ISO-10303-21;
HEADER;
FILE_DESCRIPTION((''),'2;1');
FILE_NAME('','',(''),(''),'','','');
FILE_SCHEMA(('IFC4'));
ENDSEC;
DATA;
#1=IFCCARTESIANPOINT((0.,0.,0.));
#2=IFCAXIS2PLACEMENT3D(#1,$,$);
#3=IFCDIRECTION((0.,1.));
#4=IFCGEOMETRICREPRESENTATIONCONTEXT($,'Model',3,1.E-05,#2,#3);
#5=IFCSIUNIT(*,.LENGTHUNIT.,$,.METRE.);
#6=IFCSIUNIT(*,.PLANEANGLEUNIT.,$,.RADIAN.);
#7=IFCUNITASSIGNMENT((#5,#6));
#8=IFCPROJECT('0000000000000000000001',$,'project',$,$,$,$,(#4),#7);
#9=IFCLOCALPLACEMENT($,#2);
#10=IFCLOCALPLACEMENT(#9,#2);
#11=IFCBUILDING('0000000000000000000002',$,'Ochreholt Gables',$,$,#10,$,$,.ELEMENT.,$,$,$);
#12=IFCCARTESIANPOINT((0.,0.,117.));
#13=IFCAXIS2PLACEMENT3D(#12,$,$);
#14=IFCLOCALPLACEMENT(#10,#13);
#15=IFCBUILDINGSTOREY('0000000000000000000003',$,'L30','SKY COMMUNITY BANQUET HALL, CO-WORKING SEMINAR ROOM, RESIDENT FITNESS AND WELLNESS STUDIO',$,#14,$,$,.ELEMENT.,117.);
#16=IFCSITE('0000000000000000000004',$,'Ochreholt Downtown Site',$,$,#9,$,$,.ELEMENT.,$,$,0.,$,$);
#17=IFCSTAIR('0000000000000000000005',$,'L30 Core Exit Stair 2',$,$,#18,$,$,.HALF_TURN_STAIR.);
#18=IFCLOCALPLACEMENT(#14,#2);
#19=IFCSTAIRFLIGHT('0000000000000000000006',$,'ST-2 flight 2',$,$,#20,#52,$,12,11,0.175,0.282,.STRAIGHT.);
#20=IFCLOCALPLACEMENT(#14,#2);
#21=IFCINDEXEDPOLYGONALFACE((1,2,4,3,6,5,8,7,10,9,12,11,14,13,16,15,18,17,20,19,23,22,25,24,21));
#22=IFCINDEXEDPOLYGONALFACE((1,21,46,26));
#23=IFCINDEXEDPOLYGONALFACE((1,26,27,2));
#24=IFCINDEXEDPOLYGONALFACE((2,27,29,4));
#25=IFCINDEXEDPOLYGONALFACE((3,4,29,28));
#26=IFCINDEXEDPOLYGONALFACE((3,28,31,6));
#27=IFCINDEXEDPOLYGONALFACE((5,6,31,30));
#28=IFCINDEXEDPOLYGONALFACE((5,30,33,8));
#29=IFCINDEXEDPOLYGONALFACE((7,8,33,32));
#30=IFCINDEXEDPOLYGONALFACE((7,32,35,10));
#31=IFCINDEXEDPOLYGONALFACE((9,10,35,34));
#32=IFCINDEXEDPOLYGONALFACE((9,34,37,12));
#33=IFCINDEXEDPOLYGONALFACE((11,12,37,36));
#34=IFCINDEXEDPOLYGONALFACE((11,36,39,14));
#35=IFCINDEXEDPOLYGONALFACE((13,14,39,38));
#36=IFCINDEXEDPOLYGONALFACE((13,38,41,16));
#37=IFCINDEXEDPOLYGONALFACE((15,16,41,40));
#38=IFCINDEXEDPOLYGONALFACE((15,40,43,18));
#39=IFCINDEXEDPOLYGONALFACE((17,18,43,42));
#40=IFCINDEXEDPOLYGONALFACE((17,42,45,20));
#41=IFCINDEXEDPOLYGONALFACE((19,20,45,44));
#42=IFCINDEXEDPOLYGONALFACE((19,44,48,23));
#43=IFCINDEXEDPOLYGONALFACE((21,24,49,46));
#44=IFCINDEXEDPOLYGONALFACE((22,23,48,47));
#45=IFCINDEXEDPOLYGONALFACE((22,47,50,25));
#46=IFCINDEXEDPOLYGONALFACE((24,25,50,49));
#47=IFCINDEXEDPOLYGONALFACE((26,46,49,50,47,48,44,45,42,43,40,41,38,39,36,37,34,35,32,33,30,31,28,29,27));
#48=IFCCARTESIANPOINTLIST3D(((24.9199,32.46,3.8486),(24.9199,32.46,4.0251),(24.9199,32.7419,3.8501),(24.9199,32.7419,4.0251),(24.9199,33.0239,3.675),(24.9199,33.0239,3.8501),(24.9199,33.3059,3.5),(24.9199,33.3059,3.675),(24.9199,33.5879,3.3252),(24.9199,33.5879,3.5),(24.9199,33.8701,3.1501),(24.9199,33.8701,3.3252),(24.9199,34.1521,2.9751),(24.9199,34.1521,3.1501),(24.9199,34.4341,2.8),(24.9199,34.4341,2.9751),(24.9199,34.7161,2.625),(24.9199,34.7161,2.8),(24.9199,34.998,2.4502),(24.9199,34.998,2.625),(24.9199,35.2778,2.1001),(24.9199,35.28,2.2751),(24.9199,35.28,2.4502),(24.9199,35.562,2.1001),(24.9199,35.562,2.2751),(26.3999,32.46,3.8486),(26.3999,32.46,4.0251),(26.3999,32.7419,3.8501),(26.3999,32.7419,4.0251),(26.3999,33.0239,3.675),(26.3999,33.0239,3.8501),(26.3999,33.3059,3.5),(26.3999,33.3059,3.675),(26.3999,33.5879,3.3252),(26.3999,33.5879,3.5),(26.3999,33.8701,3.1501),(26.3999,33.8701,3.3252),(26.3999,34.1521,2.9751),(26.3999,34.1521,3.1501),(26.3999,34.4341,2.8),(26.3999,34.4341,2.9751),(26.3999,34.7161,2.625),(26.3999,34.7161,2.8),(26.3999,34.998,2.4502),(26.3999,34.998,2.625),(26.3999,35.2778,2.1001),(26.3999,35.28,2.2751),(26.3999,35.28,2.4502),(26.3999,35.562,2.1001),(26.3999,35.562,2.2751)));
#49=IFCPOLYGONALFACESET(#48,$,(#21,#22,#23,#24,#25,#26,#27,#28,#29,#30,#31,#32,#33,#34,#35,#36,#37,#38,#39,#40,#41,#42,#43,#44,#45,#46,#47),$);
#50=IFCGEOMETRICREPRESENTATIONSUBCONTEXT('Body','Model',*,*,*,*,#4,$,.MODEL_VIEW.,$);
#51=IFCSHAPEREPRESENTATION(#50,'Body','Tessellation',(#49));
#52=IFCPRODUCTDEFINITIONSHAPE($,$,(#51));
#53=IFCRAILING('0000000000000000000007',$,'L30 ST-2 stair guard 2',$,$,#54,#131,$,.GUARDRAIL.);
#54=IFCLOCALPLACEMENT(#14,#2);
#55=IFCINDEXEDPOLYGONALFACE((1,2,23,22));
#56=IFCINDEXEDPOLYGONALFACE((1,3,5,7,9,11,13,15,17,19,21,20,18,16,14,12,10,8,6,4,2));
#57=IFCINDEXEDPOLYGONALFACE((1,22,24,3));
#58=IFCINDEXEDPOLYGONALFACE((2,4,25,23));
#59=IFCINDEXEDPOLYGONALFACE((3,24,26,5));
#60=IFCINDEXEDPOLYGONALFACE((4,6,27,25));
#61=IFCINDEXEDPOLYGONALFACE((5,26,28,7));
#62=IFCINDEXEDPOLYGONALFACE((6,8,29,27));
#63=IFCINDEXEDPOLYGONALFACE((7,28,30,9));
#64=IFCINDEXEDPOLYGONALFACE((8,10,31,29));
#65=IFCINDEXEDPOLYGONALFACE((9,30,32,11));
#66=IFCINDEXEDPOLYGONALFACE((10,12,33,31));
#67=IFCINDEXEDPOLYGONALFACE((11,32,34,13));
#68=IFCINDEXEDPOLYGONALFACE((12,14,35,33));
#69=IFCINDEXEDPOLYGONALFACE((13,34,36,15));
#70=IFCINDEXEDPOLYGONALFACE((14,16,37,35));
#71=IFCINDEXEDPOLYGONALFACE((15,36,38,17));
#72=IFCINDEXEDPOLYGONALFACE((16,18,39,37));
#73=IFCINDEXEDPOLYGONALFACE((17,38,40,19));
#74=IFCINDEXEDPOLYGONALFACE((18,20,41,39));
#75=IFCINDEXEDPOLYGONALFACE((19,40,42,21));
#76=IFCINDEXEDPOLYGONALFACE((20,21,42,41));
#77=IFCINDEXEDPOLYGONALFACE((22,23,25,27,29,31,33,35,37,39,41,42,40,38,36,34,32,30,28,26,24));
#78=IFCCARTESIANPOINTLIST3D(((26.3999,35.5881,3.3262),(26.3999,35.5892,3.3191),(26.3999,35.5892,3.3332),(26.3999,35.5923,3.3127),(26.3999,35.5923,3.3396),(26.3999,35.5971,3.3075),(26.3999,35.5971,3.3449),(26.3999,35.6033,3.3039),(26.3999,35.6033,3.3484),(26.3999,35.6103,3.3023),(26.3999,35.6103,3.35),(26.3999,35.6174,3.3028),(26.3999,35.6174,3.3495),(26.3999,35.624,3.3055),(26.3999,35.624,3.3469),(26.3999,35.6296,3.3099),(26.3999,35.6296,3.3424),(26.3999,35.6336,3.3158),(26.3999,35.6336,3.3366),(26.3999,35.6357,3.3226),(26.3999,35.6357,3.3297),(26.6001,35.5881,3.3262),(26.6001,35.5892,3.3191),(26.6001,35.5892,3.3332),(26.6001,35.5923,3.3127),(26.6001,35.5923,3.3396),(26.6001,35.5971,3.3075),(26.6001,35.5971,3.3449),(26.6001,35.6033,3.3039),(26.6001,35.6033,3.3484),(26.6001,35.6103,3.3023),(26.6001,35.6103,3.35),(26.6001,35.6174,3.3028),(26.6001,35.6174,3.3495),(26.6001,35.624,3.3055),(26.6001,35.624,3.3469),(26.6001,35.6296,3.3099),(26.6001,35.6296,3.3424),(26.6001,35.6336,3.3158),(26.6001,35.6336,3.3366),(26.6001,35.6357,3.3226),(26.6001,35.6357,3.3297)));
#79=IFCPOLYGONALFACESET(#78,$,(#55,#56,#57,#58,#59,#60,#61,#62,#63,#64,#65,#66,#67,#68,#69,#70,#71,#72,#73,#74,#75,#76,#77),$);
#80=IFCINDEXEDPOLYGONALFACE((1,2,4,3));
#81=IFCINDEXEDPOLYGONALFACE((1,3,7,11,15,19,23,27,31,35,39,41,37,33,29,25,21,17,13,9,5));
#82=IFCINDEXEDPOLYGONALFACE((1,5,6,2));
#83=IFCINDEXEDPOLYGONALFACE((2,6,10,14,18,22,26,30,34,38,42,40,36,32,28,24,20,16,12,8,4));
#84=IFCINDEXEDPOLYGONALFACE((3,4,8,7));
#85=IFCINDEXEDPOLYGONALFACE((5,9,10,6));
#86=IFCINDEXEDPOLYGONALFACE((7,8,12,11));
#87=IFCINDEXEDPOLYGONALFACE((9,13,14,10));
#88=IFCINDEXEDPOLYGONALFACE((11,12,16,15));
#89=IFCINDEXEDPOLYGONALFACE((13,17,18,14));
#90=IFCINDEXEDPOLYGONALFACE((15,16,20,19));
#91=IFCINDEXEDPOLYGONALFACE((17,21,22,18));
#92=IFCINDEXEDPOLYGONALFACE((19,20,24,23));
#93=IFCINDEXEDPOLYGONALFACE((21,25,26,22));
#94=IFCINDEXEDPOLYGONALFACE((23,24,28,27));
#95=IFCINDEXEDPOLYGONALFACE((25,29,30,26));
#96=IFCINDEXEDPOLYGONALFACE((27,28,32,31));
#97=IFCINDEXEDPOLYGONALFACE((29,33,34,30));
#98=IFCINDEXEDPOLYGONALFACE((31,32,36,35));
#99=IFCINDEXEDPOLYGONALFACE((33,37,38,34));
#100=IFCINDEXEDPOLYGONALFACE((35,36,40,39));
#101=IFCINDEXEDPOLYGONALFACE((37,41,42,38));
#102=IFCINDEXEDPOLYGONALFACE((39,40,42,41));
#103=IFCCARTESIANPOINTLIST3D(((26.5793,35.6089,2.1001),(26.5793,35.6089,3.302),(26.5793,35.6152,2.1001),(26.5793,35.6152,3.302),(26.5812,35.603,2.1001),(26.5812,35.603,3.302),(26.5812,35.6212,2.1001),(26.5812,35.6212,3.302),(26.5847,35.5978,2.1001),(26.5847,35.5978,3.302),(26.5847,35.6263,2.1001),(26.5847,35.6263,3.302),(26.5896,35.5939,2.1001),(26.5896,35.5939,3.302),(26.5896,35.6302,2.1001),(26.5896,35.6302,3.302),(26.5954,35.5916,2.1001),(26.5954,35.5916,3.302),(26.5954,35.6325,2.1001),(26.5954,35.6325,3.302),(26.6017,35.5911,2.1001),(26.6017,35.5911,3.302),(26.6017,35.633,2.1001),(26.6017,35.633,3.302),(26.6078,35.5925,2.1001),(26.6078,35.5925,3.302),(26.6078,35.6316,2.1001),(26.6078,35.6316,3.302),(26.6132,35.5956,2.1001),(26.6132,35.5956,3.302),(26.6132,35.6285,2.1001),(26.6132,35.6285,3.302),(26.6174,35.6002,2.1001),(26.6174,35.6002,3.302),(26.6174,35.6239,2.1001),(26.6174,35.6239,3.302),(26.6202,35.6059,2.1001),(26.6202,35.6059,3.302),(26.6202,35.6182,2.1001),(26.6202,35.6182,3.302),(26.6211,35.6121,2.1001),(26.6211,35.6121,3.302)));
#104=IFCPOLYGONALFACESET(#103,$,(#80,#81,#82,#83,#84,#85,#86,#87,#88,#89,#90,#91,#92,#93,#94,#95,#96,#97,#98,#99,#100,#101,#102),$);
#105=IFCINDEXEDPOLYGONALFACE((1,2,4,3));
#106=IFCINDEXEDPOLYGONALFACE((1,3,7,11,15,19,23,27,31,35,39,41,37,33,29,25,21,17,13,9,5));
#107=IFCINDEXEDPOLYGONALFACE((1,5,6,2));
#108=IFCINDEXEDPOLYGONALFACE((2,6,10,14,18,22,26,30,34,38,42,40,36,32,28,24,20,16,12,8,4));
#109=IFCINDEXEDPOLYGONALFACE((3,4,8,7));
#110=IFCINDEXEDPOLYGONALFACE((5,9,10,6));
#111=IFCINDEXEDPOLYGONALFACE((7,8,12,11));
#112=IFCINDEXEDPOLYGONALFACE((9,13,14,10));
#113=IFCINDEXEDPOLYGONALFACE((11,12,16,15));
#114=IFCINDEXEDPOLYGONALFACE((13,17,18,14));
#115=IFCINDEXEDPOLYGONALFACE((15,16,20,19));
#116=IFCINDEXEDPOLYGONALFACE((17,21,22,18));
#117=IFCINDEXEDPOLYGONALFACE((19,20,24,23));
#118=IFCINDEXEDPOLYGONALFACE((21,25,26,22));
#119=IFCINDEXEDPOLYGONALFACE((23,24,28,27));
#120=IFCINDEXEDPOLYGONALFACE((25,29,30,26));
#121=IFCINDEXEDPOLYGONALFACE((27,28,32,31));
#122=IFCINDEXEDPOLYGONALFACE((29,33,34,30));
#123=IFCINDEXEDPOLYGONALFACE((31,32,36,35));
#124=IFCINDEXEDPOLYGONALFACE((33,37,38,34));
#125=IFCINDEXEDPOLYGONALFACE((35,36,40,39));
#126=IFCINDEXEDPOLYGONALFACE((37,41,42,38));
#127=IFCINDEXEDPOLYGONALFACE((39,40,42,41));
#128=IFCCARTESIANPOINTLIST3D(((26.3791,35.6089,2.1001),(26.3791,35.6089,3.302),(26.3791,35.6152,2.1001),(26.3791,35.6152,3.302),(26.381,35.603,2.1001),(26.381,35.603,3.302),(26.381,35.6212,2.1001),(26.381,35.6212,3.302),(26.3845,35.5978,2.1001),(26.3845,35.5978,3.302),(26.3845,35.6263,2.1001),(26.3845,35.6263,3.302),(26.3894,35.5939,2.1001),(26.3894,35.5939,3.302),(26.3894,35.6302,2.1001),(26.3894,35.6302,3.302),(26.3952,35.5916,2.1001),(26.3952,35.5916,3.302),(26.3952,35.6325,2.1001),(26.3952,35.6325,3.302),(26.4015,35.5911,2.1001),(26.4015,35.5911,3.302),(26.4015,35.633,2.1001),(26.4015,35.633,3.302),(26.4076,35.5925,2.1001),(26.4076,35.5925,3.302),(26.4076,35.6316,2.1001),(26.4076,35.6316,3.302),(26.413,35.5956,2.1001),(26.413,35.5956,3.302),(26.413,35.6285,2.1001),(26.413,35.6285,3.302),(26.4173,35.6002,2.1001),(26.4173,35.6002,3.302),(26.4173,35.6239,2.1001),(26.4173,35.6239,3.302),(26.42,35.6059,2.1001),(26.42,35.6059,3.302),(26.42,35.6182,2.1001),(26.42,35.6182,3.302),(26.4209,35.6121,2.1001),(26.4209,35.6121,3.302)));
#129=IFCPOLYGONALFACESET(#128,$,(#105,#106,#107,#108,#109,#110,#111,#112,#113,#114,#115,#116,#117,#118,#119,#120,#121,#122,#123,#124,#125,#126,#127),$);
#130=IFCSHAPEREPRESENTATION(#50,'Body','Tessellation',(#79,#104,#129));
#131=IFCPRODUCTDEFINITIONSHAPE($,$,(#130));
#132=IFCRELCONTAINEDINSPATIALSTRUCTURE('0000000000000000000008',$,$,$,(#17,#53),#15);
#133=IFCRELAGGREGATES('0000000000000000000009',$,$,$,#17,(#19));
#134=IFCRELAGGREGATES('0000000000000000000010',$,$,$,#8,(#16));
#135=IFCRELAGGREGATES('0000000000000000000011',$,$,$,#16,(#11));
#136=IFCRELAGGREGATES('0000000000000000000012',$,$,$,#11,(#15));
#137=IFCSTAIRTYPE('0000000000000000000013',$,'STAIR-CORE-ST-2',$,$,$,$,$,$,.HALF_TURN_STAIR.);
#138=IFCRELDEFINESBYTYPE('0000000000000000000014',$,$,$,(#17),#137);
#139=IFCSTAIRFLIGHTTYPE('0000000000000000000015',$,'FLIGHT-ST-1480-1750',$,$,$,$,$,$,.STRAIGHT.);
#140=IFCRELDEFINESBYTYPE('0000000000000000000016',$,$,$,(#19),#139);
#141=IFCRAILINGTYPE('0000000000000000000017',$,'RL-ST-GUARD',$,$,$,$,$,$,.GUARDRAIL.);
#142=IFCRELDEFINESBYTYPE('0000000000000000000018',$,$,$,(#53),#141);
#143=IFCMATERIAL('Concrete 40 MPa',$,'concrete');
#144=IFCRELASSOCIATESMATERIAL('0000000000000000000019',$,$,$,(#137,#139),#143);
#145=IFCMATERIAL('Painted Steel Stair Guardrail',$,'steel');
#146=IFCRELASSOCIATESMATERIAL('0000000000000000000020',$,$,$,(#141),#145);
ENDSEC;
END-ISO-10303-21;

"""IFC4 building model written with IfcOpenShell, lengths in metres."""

from ifc_helpers import new_model, si_unit, direction, frame, origin, origin_2d, place, context, subcontext, project, spatial, polyline, circle, outline, extrude, material, type_object, element, aggregate, save


model = new_model("IFC4")

# Units and contexts
model_context = context("Model", 3, precision=1e-05, world=origin(), true_north=direction((0.0, 1.0)))
body_context = subcontext(model_context, "Body", "Model", "MODEL_VIEW")
ifc_project = project(units=[si_unit("LENGTHUNIT", "METRE"), si_unit("PLANEANGLEUNIT", "RADIAN")], contexts=[model_context])

# Site, building, storey
site_placement = place(None, origin())
site = spatial("IfcSite", under=ifc_project, at=site_placement, Name="Ochreholt Downtown Site", CompositionType="ELEMENT", RefElevation=0.0)
building_placement = place(site_placement, origin())
building = spatial("IfcBuilding", under=site, at=building_placement, Name="Ochreholt Gables", CompositionType="ELEMENT")
storey_placement = place(building_placement, frame((0.0, 0.0, 117.0)))
storey = spatial("IfcBuildingStorey", under=building, at=storey_placement, Name="L30", Description="SKY COMMUNITY BANQUET HALL, CO-WORKING SEMINAR ROOM, RESIDENT FITNESS AND WELLNESS STUDIO", CompositionType="ELEMENT", Elevation=117.0)

# Stair, stair flight
ifc_material_1 = material(Name="Concrete 40 MPa", Category="concrete")
stair_type = type_object("IfcStairType", Name="STAIR-CORE-ST-2", PredefinedType="HALF_TURN_STAIR", material=ifc_material_1)
stair_placement = place(storey_placement, origin())
stair = element("IfcStair", 1, at=stair_placement, inside=storey, type_object=stair_type, Name="L30 Core Exit Stair 2", PredefinedType="HALF_TURN_STAIR")
stair_flight_type = type_object("IfcStairFlightType", Name="FLIGHT-ST-1480-1750", PredefinedType="STRAIGHT", material=ifc_material_1)
stair_flight_placement = place(storey_placement, frame((25.6599, 35.562, 2.1001), z_axis=(0.0, 0.0, 1.0), x_axis=(0.0, -1.0, 0.0)))
stair_flight = element("IfcStairFlight", 2, at=stair_flight_placement, type_object=stair_flight_type, Name="ST-2 flight 2", NumberOfRisers=12, NumberOfTreads=11, PredefinedType="STRAIGHT", RiserHeight=0.175, TreadLength=0.282, context=body_context, shape_type="SweptSolid", body=[
    extrude(outline(polyline([(0.0, 0.0), (0.0, 0.175), (0.282, 0.175), (0.282, 0.3501), (0.564, 0.3501), (0.564, 0.5249), (0.8459, 0.5249), (0.8459, 0.7), (1.1279, 0.7), (1.1279, 0.875), (1.4099, 0.875), (1.4099, 1.05), (1.6919, 1.05), (1.6919, 1.2251), (1.9741, 1.2251), (1.9741, 1.3999), (2.2561, 1.3999), (2.2561, 1.575), (2.5381, 1.575), (2.5381, 1.75), (2.8201, 1.75), (2.8201, 1.925), (3.1021, 1.925), (3.1021, 2.1001), (3.1021, 1.7485), (0.2842, 0.0), (0.0, 0.0)])), frame((0.0, 0.74, 0.0), z_axis=(0.0, -1.0, 0.0), x_axis=(1.0, 0.0, 0.0)), (0.0, 0.0, 1.0), 1.48),
])
aggregate(stair, [stair_flight])

# Railing
ifc_material_2 = material(Name="Painted Steel Stair Guardrail", Category="steel")
railing_type = type_object("IfcRailingType", Name="RL-ST-GUARD", PredefinedType="GUARDRAIL", material=ifc_material_2)
railing_1_placement = place(storey_placement, frame((26.6001, 35.6121, 2.1001)))
element("IfcRailing", 3, at=railing_1_placement, inside=storey, type_object=railing_type, Name="L30 ST-2 stair guard 2", PredefinedType="GUARDRAIL", context=body_context, shape_type="SweptSolid", body=[
    extrude(circle(Radius=0.0239, at=origin_2d()), frame((0.0, 0.0, 1.2261), z_axis=(-1.0, 0.0, 0.0), x_axis=(0.0, -1.0, 0.0)), (0.0, 0.0, 1.0), 0.2002),
    extrude(circle(Radius=0.021, at=origin_2d()), origin(), (0.0, 0.0, 1.0), 1.2019),
    extrude(circle(Radius=0.021, at=origin_2d()), frame((-0.2002, 0.0, 0.0)), (0.0, 0.0, 1.0), 1.2019),
])

save(model, "model.ifc")
